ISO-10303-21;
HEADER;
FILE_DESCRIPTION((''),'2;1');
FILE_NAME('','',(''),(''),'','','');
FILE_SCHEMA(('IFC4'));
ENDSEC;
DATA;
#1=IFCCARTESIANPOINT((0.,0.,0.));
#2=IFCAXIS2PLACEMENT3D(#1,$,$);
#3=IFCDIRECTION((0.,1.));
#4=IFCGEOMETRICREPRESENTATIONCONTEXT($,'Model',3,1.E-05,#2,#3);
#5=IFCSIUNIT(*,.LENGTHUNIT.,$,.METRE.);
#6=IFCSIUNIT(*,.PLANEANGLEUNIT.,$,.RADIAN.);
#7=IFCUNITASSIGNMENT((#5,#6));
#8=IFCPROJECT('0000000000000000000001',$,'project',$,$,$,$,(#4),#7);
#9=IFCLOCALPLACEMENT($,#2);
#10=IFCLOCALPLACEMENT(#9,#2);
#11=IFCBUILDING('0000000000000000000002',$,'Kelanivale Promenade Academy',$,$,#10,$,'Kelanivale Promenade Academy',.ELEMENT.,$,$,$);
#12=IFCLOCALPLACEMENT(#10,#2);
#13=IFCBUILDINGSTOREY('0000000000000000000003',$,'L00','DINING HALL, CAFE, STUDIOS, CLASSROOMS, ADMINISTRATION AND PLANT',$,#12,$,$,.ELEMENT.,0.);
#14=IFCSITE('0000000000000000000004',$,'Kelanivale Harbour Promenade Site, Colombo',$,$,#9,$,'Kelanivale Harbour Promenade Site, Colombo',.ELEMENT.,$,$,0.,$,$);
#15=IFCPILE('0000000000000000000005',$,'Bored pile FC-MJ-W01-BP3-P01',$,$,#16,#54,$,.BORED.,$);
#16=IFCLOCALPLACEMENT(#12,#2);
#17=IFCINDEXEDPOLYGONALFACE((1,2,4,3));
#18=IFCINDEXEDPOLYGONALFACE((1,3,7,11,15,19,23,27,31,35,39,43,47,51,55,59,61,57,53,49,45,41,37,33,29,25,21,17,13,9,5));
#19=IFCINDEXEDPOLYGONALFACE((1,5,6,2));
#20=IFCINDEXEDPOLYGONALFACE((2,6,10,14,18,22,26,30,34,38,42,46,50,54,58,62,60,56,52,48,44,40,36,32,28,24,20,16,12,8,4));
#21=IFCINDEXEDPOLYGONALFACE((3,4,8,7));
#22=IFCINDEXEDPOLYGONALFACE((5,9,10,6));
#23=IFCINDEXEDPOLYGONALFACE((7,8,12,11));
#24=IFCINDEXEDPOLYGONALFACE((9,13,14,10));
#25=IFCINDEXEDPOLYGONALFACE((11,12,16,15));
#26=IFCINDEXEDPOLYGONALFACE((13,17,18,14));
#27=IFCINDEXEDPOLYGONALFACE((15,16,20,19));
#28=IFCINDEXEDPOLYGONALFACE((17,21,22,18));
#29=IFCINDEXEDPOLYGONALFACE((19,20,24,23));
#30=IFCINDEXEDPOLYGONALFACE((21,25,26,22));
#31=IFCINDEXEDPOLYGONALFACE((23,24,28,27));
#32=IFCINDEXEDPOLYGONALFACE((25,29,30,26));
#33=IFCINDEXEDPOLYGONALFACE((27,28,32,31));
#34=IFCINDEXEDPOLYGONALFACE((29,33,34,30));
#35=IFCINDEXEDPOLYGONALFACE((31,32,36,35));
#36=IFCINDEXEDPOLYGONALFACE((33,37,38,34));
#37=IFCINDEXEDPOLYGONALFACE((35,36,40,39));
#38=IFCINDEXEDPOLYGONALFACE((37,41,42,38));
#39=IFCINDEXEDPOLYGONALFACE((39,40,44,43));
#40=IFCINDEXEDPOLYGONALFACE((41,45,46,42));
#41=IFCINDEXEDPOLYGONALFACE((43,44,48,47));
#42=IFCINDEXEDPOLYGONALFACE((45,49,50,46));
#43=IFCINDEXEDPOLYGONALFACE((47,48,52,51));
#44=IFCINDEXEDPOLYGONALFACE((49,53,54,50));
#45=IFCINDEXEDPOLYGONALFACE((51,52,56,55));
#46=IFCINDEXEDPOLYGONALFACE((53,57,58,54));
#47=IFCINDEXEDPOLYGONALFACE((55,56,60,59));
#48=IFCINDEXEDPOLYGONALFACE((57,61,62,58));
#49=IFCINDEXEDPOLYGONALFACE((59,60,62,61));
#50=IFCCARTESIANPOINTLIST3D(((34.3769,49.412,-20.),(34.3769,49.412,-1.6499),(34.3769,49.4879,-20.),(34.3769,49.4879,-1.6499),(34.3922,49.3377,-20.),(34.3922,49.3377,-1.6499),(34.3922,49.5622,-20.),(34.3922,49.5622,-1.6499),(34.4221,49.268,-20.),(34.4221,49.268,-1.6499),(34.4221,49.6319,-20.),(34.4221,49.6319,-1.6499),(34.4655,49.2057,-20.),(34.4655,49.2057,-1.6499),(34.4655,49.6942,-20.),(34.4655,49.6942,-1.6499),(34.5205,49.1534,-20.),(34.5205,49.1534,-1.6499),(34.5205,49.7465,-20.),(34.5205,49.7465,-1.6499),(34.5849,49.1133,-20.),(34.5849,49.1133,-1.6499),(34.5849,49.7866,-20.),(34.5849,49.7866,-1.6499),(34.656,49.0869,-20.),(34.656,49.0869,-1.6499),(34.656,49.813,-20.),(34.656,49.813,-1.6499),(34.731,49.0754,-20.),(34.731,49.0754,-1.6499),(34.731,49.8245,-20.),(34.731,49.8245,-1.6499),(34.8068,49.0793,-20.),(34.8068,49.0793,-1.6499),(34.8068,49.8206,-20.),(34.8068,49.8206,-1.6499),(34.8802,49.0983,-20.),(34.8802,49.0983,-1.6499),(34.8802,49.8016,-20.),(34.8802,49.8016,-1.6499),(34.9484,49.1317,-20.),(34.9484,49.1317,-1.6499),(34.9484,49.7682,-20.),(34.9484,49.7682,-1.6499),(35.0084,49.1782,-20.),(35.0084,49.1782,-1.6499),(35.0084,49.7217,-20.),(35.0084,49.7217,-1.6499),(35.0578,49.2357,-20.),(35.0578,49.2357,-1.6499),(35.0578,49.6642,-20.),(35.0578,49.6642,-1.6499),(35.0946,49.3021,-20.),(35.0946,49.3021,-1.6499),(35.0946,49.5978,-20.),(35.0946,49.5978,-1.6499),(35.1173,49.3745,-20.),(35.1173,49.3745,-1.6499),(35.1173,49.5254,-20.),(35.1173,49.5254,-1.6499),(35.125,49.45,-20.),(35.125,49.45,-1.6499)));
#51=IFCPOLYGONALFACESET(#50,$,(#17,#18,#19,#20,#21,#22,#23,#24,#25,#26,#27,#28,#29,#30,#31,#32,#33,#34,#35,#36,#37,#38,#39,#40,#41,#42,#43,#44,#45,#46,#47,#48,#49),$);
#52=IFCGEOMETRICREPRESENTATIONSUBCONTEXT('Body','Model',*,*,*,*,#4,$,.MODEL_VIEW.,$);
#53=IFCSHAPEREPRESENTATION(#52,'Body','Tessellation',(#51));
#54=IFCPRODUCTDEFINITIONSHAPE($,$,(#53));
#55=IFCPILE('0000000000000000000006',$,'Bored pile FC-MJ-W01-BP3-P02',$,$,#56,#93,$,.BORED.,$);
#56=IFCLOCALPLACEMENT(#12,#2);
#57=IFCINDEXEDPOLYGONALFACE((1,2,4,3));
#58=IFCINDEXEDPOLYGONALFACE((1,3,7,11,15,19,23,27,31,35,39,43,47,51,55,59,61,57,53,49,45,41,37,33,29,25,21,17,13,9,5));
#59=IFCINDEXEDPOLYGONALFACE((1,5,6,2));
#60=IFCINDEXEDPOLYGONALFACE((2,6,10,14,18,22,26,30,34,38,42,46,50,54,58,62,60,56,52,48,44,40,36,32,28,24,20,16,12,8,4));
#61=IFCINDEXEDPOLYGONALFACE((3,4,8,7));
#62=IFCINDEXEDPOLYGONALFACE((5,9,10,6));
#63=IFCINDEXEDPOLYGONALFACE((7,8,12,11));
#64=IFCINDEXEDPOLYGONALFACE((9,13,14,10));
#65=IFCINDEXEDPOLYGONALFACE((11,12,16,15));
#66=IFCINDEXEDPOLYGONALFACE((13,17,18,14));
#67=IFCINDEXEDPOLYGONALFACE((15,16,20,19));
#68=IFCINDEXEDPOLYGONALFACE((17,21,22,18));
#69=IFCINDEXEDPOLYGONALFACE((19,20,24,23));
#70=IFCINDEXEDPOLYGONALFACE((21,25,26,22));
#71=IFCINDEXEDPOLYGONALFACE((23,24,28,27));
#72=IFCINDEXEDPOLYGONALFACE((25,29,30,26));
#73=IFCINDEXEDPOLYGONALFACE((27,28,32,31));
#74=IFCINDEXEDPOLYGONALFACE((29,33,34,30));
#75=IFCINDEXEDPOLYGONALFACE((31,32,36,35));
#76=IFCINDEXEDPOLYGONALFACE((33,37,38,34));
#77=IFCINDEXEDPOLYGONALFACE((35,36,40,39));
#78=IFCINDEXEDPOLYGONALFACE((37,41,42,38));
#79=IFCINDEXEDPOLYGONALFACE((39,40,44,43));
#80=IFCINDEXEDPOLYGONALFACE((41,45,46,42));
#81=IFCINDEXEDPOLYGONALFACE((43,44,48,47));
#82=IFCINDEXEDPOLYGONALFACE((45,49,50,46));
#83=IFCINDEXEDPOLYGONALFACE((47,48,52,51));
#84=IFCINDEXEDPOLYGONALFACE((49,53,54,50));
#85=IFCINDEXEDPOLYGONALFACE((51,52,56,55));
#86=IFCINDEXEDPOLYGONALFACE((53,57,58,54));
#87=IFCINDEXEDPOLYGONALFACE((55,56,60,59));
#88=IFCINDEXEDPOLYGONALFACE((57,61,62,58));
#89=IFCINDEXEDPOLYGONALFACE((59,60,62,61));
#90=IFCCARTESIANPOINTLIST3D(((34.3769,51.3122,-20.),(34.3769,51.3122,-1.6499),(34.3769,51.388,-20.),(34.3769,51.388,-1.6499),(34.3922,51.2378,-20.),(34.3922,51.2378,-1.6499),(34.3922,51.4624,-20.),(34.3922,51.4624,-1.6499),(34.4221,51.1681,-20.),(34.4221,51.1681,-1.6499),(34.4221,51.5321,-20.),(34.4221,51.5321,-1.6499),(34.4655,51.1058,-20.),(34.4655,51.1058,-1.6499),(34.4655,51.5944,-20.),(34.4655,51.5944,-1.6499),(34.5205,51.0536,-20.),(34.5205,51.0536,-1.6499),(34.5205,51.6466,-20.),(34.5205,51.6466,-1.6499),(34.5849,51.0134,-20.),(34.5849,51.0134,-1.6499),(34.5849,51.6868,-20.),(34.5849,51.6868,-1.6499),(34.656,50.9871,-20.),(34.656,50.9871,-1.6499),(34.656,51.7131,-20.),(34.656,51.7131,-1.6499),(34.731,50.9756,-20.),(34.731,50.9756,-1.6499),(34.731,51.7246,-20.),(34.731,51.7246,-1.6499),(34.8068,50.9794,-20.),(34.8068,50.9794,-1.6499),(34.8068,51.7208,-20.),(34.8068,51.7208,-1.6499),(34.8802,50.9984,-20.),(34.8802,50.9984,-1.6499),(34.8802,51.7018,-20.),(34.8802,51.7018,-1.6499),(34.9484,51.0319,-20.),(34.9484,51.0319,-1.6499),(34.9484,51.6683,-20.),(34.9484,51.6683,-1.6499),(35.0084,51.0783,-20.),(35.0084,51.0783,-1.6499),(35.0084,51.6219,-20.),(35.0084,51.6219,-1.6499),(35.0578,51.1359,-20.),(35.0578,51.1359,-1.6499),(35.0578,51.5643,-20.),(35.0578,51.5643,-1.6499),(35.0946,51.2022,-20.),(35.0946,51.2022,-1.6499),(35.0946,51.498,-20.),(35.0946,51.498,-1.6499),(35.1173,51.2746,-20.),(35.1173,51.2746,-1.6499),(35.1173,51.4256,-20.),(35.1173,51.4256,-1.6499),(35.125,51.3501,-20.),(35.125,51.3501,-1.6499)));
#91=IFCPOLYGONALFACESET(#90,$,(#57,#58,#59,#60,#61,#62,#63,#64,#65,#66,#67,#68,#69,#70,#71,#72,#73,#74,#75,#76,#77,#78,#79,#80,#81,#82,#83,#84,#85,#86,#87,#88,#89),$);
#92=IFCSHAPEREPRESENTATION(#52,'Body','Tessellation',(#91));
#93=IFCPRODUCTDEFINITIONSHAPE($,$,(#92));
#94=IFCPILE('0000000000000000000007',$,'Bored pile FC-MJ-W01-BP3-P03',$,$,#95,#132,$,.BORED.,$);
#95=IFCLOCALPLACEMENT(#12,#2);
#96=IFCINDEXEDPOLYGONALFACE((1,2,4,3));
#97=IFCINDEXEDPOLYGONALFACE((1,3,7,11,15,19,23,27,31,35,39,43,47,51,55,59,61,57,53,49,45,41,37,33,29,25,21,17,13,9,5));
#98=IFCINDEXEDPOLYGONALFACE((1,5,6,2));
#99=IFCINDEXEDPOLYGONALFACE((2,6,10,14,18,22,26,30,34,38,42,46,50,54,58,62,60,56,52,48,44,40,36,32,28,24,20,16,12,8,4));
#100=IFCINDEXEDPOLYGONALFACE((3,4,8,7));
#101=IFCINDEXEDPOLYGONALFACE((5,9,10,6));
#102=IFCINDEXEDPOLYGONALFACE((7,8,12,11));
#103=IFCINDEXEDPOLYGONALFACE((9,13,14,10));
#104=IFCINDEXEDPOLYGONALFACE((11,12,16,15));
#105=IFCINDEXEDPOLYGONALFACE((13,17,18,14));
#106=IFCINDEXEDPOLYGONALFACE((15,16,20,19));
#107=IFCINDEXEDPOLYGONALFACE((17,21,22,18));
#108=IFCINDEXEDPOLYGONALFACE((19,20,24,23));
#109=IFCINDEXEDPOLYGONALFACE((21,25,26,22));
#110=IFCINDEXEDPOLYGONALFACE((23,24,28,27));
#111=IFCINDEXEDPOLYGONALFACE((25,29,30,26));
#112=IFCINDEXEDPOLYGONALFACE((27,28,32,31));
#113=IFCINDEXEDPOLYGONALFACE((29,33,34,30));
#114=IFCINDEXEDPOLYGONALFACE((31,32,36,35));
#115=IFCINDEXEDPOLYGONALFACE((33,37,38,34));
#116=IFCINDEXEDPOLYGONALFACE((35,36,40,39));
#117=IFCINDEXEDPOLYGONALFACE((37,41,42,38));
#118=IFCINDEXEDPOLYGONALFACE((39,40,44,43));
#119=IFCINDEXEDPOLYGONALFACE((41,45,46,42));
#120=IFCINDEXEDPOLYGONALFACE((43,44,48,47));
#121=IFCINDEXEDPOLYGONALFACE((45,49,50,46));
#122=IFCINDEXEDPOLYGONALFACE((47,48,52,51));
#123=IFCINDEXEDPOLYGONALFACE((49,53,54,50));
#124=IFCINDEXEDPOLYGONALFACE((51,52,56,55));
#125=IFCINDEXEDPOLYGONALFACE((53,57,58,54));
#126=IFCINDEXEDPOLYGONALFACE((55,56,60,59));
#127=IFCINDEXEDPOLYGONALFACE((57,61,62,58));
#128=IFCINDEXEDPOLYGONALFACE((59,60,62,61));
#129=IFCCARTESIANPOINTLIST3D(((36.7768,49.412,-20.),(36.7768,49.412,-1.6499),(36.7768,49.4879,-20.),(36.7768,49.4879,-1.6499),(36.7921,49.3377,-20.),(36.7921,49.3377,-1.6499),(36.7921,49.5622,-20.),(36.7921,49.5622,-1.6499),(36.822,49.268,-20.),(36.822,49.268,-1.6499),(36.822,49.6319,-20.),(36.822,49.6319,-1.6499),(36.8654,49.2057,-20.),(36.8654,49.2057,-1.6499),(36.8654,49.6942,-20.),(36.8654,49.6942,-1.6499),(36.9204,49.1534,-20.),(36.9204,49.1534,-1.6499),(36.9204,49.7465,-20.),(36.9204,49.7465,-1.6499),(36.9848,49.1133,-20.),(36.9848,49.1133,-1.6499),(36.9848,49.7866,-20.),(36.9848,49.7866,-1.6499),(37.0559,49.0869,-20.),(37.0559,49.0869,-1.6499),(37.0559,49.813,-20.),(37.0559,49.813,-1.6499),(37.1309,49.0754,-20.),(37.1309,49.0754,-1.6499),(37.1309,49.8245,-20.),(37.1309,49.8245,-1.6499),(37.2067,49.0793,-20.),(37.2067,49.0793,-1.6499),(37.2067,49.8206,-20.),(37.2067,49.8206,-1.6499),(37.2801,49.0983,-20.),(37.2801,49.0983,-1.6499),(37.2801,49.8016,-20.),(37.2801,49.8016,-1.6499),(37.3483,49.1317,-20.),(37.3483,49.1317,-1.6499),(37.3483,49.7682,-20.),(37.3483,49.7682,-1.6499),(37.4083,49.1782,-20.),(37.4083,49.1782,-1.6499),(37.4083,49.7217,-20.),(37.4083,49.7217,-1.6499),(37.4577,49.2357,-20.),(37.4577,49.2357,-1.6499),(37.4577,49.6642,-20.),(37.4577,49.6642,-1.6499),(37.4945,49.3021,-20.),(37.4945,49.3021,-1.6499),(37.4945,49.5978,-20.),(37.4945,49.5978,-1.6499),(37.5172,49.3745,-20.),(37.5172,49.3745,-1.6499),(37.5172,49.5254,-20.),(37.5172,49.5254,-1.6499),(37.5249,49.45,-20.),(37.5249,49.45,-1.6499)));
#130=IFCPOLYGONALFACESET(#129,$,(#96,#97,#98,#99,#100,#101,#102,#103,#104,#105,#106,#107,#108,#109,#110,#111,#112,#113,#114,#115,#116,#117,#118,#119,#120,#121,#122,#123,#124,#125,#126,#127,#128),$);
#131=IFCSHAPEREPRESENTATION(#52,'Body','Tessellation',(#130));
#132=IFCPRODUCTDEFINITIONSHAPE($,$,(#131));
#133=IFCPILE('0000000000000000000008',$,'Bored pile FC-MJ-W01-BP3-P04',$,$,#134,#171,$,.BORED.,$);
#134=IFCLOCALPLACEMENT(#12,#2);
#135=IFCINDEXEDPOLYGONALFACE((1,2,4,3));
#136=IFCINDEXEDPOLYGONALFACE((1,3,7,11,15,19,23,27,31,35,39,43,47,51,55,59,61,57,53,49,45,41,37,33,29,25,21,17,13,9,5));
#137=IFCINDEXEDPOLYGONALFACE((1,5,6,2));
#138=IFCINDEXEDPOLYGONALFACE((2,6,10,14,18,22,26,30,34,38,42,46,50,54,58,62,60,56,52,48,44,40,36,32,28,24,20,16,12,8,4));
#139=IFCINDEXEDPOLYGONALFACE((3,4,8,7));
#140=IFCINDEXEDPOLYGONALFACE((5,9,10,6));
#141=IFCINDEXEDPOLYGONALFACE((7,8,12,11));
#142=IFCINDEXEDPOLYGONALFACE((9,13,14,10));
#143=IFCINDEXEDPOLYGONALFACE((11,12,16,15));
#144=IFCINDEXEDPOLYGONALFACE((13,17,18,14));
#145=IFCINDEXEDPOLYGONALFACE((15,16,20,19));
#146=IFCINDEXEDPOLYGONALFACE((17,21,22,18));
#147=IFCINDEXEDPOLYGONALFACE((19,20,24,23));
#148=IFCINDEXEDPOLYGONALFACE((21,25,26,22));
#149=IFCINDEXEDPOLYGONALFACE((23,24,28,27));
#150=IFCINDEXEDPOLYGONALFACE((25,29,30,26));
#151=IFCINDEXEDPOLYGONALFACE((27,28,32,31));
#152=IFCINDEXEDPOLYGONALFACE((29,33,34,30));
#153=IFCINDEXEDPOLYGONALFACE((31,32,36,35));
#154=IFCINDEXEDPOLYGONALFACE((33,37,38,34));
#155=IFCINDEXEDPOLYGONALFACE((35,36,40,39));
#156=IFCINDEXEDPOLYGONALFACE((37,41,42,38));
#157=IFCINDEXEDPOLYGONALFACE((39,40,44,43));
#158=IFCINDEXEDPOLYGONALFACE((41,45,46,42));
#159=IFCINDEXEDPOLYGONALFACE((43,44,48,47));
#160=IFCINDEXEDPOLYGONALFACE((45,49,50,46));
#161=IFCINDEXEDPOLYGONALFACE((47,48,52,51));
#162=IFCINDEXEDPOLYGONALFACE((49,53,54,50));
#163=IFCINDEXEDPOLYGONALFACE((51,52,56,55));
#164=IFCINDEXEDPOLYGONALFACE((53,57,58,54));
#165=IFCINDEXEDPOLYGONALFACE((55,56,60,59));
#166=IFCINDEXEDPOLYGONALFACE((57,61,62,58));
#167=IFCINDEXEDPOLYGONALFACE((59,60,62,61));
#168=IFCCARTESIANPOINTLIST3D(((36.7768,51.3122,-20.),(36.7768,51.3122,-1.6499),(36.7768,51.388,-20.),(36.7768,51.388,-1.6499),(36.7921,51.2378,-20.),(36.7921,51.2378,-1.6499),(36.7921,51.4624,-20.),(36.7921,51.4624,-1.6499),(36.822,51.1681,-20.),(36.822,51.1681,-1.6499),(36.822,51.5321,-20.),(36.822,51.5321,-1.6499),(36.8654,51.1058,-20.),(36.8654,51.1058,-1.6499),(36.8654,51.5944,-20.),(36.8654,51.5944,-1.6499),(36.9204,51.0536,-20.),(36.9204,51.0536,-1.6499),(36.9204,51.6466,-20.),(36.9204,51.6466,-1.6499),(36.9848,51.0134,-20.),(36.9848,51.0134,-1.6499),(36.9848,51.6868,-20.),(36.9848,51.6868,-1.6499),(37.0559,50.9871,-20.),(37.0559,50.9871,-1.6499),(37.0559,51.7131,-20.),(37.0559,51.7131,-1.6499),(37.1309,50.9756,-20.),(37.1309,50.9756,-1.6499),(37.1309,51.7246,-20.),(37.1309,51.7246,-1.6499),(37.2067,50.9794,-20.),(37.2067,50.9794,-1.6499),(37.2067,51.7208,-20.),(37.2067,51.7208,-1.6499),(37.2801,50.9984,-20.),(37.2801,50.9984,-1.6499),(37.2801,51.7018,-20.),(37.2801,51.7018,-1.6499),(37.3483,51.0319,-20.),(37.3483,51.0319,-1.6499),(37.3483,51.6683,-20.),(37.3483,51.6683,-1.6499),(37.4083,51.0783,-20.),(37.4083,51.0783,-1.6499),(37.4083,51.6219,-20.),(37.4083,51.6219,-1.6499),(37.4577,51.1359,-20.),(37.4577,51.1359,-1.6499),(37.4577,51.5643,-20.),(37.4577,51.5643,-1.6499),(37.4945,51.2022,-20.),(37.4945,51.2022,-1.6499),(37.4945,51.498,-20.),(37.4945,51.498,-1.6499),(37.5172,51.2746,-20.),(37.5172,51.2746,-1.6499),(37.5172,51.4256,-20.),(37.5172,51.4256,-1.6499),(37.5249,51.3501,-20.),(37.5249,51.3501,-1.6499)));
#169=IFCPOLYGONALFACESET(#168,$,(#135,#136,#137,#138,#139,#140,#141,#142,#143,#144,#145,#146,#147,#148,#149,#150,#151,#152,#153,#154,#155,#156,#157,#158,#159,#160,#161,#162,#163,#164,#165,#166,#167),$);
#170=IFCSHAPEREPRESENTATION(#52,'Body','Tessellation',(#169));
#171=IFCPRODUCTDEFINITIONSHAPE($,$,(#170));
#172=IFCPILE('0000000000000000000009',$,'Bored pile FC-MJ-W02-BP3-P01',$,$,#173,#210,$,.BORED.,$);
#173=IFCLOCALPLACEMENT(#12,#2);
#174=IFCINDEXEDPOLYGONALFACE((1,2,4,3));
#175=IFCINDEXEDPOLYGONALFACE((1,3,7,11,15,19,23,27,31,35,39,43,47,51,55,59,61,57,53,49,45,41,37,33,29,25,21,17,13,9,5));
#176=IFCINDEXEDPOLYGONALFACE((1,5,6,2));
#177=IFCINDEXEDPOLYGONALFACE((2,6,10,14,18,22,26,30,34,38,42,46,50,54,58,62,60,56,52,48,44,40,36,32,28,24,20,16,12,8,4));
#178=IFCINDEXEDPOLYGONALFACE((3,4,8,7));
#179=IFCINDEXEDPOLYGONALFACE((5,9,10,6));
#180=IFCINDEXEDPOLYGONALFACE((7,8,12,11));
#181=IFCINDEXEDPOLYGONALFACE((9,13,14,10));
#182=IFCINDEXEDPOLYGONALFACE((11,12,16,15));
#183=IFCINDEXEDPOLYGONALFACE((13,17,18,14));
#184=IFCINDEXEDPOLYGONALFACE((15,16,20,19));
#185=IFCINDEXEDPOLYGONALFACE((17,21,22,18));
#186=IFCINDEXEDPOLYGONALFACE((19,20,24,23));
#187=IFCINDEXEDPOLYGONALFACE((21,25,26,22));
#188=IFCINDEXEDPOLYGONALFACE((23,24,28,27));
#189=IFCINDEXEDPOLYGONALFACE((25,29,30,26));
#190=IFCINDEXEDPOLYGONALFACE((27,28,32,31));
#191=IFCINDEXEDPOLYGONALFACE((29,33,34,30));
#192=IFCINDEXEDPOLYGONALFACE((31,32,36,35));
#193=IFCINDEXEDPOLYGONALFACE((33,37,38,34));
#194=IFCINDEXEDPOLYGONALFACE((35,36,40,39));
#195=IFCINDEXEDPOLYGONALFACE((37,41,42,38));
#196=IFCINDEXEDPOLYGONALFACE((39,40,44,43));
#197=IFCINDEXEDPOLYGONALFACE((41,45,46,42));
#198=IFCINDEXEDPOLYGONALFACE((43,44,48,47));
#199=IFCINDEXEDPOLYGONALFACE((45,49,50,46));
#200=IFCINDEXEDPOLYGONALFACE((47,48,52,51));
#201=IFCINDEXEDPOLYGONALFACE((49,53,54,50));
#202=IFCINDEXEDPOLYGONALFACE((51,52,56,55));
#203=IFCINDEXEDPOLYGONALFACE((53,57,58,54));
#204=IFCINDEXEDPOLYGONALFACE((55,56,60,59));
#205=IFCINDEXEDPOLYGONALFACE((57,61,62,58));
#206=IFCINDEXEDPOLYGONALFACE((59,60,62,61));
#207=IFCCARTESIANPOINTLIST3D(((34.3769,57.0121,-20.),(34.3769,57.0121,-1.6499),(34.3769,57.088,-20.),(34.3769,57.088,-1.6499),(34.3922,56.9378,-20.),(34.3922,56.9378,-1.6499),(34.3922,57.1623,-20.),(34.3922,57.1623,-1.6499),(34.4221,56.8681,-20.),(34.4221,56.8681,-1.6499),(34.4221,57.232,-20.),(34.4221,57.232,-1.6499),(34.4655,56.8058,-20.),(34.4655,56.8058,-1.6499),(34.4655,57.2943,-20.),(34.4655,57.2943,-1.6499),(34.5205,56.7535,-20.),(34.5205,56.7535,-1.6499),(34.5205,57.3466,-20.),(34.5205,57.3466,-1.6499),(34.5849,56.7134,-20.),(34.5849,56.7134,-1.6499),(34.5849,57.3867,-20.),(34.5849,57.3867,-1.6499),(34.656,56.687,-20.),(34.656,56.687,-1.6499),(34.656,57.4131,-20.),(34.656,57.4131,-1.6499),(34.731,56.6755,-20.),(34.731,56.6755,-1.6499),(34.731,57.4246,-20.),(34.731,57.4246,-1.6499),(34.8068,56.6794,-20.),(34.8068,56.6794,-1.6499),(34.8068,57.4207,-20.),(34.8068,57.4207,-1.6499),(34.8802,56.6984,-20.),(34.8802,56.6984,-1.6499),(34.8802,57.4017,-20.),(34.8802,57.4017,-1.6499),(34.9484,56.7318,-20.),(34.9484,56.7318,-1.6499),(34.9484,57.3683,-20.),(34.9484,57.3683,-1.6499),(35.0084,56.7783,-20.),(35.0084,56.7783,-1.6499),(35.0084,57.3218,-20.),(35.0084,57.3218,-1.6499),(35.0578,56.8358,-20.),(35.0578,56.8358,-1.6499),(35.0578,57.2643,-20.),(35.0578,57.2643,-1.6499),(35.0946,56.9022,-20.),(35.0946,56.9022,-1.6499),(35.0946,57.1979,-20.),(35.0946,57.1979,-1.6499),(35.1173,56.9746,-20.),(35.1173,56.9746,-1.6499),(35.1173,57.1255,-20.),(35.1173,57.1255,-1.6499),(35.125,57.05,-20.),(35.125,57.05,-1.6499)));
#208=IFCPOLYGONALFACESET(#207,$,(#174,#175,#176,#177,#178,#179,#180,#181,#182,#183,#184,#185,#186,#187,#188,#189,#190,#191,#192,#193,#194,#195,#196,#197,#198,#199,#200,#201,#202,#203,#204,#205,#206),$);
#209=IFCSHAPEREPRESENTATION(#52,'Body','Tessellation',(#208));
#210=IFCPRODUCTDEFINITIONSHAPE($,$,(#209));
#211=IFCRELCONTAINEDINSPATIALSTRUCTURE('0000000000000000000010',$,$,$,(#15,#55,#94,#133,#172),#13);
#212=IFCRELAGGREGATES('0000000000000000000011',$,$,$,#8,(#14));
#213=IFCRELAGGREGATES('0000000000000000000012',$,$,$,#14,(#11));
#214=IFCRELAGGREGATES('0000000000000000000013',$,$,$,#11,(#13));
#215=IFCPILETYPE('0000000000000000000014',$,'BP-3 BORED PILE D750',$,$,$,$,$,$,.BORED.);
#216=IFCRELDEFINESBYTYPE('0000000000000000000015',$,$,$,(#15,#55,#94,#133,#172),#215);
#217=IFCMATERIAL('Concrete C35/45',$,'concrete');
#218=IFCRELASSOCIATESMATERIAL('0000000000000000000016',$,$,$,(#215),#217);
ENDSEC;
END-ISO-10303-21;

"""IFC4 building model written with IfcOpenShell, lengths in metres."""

from ifc_helpers import new_model, si_unit, direction, frame, origin, origin_2d, place, context, subcontext, project, spatial, circle, extrude, material, material_profile, profile_set, type_object, element, save


model = new_model("IFC4")

# Units and contexts
model_context = context("Model", 3, precision=1e-05, world=origin(), true_north=direction((0.0, 1.0)))
body_context = subcontext(model_context, "Body", "Model", "MODEL_VIEW")
ifc_project = project(units=[si_unit("LENGTHUNIT", "METRE"), si_unit("PLANEANGLEUNIT", "RADIAN")], contexts=[model_context])

# Site, building, storey
site_placement = place(None, origin())
site = spatial("IfcSite", under=ifc_project, at=site_placement, Name="Kelanivale Harbour Promenade Site, Colombo", LongName="Kelanivale Harbour Promenade Site, Colombo", CompositionType="ELEMENT", RefElevation=0.0)
building_placement = place(site_placement, origin())
building = spatial("IfcBuilding", under=site, at=building_placement, Name="Kelanivale Promenade Academy", LongName="Kelanivale Promenade Academy", CompositionType="ELEMENT")
storey_placement = place(building_placement, origin())
storey = spatial("IfcBuildingStorey", under=building, at=storey_placement, Name="L00", Description="DINING HALL, CAFE, STUDIOS, CLASSROOMS, ADMINISTRATION AND PLANT", CompositionType="ELEMENT", Elevation=0.0)

# Piles
ifc_material_1 = material(Name="Concrete C35/45", Category="concrete")
ifc_material_profile_1 = material_profile(ifc_material_1, circle(Radius=0.375, at=origin_2d()), Name="BORED PILE D750")
ifc_profile_set_1 = profile_set([ifc_material_profile_1], Name="Concrete C35/45")
pile_type_1 = type_object("IfcPileType", Name="BP-3 BORED PILE D750", PredefinedType="BORED", material=ifc_profile_set_1)
for number, where, z_axis, x_axis, name in (
    (1, (34.75, 49.45, -1.6499), (0.0, 0.0, -1.0), (1.0, 0.0, 0.0), "Bored pile FC-MJ-W01-BP3-P01"),
    (2, (34.75, 51.3501, -1.6499), (0.0, 0.0, -1.0), (1.0, 0.0, 0.0), "Bored pile FC-MJ-W01-BP3-P02"),
    (3, (37.1499, 49.45, -1.6499), (0.0, 0.0, -1.0), (1.0, 0.0, 0.0), "Bored pile FC-MJ-W01-BP3-P03"),
    (4, (37.1499, 51.3501, -1.6499), (0.0, 0.0, -1.0), (1.0, 0.0, 0.0), "Bored pile FC-MJ-W01-BP3-P04"),
    (5, (34.75, 57.05, -1.6499), (0.0, 0.0, -1.0), (1.0, 0.0, 0.0), "Bored pile FC-MJ-W02-BP3-P01"),
):
    element("IfcPile", number, at=place(storey_placement, frame(where, z_axis=z_axis, x_axis=x_axis)), inside=storey, type_object=pile_type_1, Name=name, PredefinedType="BORED", context=body_context, shape_type="SweptSolid", body=[
        extrude(circle(Radius=0.375, at=origin_2d()), origin(), (0.0, 0.0, 1.0), 18.3501),
    ])

save(model, "model.ifc")
